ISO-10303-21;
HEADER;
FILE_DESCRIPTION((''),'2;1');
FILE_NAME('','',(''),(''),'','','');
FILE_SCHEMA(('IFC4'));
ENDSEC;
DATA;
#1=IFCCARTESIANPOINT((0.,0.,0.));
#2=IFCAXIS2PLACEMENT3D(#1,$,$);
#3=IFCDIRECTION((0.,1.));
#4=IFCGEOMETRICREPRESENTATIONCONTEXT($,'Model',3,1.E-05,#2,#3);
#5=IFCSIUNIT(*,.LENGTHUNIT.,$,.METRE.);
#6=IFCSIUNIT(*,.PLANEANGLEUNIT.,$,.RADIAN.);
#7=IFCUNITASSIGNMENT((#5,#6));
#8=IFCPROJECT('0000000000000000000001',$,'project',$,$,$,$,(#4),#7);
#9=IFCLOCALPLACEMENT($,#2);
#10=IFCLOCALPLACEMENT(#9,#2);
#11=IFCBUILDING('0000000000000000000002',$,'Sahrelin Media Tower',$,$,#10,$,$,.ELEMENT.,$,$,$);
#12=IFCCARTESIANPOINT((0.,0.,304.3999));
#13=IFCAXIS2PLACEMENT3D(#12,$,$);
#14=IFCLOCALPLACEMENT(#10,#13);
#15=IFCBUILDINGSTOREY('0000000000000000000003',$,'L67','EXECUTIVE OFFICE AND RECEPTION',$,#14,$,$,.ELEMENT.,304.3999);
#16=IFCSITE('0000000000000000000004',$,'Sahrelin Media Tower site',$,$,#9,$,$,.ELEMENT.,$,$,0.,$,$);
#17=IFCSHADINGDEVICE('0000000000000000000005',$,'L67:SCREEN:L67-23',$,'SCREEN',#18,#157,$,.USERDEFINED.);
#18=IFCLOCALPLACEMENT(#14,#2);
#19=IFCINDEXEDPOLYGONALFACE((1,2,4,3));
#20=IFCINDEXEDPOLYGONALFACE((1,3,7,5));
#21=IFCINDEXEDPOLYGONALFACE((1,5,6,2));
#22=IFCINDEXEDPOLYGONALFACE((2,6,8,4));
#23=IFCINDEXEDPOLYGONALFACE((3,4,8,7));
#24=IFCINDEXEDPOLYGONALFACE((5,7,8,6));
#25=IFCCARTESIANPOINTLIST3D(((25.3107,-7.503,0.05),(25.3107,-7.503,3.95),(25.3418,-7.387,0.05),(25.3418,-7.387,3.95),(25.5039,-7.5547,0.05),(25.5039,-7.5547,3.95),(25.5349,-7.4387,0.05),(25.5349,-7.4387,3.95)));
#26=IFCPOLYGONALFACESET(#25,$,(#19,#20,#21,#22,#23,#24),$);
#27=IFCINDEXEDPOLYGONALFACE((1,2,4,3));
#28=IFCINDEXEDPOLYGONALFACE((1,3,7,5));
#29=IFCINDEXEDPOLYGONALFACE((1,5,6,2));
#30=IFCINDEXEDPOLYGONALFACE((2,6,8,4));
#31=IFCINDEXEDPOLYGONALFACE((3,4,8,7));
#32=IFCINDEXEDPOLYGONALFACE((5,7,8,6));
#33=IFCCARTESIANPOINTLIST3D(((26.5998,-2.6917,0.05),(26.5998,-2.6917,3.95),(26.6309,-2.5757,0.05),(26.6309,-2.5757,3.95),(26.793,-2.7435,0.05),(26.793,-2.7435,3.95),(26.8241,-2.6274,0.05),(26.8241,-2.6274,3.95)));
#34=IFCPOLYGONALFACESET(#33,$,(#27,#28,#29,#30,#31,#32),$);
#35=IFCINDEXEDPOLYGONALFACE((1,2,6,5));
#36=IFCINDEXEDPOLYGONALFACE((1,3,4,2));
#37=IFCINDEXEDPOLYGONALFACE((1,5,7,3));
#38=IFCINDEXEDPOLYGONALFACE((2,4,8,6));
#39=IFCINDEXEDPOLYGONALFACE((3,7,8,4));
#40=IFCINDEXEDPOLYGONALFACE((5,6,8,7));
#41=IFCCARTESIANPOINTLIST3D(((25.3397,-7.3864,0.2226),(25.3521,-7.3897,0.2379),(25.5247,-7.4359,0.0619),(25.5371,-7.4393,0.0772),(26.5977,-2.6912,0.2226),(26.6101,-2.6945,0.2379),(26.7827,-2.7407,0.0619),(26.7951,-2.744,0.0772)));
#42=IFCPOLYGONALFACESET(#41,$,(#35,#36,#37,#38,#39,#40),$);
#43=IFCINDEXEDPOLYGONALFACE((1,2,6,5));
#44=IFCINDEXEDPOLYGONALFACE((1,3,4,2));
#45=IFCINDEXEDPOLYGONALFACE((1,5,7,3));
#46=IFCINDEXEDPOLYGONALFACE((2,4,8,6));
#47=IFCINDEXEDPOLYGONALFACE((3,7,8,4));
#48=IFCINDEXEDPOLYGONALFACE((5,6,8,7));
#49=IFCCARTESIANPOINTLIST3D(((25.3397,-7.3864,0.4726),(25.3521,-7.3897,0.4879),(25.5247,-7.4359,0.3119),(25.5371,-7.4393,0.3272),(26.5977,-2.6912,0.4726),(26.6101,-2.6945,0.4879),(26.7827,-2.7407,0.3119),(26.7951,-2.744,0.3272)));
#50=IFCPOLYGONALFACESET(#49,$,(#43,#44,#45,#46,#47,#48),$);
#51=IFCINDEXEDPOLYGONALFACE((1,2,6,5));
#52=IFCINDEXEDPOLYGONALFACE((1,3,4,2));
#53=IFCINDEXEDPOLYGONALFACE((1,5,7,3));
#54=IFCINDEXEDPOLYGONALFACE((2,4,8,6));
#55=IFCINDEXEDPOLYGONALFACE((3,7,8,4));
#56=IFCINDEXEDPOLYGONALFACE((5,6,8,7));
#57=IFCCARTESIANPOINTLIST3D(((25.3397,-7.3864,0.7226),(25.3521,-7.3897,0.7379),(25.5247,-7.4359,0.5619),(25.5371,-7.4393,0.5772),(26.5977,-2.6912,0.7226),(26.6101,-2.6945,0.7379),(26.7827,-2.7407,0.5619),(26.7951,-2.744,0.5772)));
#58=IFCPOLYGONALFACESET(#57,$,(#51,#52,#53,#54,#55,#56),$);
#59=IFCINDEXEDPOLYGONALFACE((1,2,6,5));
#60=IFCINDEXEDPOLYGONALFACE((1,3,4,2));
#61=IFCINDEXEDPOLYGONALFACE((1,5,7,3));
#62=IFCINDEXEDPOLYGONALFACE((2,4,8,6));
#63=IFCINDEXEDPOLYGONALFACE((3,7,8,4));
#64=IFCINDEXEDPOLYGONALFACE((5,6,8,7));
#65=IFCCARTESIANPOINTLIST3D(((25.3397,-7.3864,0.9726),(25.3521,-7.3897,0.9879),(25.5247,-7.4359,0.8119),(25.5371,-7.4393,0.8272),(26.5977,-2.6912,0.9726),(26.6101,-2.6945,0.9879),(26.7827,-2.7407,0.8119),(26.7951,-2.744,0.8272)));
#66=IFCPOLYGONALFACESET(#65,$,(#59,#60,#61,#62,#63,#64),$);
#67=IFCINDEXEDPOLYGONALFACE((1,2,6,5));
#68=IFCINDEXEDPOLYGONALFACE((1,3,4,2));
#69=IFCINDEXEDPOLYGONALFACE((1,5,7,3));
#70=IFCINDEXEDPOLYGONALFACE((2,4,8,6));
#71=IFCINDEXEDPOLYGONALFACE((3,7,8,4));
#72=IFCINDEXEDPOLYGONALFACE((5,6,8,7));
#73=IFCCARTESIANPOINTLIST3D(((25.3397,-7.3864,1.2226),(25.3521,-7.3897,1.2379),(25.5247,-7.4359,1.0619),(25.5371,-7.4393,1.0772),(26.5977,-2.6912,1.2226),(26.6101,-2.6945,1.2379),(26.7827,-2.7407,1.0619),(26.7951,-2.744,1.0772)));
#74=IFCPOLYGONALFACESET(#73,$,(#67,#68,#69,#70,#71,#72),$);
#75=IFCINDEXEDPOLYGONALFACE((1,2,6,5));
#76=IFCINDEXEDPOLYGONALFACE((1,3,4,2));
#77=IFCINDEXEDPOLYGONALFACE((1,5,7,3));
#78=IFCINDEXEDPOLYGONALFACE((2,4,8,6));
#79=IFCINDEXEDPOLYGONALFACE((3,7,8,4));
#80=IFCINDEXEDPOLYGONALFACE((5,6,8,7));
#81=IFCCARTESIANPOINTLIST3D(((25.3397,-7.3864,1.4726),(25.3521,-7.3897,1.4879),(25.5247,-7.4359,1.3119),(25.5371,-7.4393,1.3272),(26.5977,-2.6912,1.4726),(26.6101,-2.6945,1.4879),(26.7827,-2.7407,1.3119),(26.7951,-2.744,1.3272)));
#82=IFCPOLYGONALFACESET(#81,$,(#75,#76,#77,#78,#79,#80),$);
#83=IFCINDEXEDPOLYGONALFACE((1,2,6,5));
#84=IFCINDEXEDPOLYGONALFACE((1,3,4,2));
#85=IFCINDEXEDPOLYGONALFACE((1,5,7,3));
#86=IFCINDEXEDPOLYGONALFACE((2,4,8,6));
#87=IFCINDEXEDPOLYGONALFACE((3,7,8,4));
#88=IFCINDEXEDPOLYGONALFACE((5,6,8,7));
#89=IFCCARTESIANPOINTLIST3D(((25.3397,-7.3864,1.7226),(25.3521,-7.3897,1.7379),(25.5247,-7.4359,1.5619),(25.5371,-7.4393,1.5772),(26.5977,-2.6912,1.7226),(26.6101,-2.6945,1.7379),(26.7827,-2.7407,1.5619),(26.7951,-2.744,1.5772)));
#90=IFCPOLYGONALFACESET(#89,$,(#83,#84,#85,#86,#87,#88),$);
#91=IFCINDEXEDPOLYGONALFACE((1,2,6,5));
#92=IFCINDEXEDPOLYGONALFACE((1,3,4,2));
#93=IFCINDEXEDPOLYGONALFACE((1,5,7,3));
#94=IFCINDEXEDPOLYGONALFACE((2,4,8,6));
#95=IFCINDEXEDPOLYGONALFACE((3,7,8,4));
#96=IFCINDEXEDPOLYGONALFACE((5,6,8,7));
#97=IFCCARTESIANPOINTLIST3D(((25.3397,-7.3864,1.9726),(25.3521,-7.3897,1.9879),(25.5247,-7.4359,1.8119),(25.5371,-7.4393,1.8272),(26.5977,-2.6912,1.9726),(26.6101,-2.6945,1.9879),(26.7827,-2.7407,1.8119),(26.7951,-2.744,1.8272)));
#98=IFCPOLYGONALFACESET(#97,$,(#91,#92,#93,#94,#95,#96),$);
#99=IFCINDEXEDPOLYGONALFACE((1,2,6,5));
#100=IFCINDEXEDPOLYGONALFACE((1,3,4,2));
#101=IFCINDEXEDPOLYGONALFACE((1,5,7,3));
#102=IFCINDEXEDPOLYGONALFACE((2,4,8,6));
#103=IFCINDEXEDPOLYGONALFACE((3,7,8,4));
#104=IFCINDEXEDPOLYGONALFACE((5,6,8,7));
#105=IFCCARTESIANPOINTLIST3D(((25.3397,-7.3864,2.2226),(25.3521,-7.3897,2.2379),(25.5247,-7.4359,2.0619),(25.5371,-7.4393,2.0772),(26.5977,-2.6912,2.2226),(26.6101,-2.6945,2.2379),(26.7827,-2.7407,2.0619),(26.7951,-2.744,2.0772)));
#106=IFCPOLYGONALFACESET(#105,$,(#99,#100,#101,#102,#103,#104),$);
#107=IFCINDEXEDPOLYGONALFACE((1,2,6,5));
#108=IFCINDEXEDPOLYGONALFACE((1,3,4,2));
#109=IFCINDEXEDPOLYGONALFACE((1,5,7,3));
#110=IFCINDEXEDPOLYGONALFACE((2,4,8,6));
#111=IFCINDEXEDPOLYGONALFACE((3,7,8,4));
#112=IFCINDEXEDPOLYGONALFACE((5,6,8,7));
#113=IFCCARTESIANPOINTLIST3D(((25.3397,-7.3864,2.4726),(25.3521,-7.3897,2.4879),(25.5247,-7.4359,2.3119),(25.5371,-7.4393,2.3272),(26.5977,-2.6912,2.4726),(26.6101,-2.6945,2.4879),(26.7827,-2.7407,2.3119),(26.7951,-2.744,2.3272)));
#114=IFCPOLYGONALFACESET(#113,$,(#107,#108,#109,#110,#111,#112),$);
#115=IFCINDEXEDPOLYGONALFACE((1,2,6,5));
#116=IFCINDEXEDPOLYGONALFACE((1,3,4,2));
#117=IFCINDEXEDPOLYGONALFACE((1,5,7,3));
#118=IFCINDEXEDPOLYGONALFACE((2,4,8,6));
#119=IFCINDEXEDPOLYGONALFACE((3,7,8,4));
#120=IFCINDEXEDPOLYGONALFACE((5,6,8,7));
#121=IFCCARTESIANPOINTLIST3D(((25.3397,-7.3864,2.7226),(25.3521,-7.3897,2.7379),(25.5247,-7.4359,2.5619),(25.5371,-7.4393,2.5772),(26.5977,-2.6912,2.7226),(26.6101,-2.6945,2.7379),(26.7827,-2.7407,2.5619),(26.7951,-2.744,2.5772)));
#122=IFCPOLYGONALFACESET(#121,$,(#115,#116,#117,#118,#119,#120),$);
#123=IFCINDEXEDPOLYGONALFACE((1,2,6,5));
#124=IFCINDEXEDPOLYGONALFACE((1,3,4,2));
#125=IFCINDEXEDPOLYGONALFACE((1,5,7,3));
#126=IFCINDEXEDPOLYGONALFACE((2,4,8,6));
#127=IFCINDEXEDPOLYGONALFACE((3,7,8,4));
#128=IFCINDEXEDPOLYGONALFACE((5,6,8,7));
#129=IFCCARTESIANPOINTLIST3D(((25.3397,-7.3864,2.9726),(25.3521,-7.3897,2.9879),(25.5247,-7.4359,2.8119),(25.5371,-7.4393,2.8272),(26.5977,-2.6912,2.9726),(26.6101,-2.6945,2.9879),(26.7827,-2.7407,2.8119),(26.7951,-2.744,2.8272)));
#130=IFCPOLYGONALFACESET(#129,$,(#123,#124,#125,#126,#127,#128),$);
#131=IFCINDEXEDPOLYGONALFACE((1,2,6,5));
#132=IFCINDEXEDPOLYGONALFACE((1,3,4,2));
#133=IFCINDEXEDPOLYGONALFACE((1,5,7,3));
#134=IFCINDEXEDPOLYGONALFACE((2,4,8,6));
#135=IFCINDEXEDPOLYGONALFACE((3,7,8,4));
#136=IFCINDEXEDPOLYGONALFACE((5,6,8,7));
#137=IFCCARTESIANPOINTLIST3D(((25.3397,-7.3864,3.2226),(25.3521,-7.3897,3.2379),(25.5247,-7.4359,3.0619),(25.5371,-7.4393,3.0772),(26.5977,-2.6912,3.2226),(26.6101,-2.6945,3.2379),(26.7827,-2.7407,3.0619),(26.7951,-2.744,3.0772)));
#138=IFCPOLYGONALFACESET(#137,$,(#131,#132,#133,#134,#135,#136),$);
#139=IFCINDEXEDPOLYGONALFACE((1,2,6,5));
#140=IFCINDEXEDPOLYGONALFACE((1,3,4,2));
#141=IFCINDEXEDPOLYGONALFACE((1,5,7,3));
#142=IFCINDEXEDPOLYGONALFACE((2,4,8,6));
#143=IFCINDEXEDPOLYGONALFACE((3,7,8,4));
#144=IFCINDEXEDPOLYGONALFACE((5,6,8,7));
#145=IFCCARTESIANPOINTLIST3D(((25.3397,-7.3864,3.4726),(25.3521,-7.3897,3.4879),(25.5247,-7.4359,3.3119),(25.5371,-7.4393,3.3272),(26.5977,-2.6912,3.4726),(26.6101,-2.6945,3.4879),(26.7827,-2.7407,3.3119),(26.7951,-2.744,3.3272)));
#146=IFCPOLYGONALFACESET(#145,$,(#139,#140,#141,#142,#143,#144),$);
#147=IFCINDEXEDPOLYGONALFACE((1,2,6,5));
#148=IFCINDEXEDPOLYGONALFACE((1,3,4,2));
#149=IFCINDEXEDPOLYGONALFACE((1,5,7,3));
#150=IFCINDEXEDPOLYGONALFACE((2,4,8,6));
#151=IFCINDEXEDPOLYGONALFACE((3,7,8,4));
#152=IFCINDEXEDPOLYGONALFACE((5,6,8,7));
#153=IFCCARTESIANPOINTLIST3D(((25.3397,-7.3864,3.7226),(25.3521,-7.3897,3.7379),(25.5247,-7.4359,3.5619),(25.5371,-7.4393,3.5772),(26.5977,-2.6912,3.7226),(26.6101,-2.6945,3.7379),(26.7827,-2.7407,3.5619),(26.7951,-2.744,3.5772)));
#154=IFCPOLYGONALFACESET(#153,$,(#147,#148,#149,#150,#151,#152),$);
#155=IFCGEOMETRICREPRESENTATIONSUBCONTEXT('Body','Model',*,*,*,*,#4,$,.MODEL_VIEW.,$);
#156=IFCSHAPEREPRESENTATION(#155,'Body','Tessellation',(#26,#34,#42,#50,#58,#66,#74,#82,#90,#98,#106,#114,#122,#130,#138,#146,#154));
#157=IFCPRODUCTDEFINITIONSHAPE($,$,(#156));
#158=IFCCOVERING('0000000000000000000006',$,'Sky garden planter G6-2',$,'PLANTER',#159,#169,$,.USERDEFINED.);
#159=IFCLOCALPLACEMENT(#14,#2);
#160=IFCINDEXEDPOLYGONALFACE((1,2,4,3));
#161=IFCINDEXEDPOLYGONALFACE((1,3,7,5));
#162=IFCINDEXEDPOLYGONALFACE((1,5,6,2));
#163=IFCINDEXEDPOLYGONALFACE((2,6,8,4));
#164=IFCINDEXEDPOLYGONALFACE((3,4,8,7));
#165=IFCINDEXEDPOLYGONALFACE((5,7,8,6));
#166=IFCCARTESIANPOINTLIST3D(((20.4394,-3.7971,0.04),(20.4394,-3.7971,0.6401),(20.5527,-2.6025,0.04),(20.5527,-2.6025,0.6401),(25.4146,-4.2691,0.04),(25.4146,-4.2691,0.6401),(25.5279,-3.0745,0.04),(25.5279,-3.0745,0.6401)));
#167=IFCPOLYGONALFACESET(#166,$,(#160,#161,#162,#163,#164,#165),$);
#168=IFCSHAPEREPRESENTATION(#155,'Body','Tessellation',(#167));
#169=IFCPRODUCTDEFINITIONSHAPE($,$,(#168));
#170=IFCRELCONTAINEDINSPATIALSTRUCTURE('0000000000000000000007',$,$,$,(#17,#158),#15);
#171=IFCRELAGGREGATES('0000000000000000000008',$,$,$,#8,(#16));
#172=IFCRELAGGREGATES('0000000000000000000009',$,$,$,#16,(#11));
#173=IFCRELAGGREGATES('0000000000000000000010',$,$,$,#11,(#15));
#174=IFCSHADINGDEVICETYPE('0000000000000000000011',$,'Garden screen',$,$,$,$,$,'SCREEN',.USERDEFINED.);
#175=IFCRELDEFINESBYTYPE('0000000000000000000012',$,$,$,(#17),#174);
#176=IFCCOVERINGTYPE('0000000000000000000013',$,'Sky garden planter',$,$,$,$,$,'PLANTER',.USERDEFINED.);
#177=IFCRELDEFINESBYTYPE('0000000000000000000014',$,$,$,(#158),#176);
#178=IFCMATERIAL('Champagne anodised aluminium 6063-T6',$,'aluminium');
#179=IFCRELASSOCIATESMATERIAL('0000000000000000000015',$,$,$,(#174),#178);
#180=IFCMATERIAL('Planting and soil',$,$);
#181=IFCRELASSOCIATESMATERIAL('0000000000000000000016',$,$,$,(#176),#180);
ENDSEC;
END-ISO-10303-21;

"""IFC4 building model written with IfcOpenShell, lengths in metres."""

from ifc_helpers import new_model, si_unit, direction, frame, origin, origin_2d, place, context, subcontext, project, spatial, rectangle, extrude, material, type_object, element, save


model = new_model("IFC4")

# Units and contexts
model_context = context("Model", 3, precision=1e-05, world=origin(), true_north=direction((0.0, 1.0)))
body_context = subcontext(model_context, "Body", "Model", "MODEL_VIEW")
ifc_project = project(units=[si_unit("LENGTHUNIT", "METRE"), si_unit("PLANEANGLEUNIT", "RADIAN")], contexts=[model_context])

# Site, building, storey
site_placement = place(None, origin())
site = spatial("IfcSite", under=ifc_project, at=site_placement, Name="Sahrelin Media Tower site", CompositionType="ELEMENT", RefElevation=0.0)
building_placement = place(site_placement, origin())
building = spatial("IfcBuilding", under=site, at=building_placement, Name="Sahrelin Media Tower", CompositionType="ELEMENT")
storey_placement = place(building_placement, frame((0.0, 0.0, 304.3999)))
storey = spatial("IfcBuildingStorey", under=building, at=storey_placement, Name="L67", Description="EXECUTIVE OFFICE AND RECEPTION", CompositionType="ELEMENT", Elevation=304.3999)

# Shared definitions
ifc_material_1 = material(Name="Champagne anodised aluminium 6063-T6", Category="aluminium")

# Shading device
shading_device_type = type_object("IfcShadingDeviceType", Name="Garden screen", ElementType="SCREEN", PredefinedType="USERDEFINED", material=ifc_material_1)
shading_device_placement = place(storey_placement, frame((25.9707, -5.0393, 0.0), z_axis=(0.0, 0.0, 1.0), x_axis=(-0.258808, -0.965929, 0.0)))
element("IfcShadingDevice", 1, at=shading_device_placement, inside=storey, type_object=shading_device_type, Name="L67:SCREEN:L67-23", ObjectType="SCREEN", PredefinedType="USERDEFINED", context=body_context, shape_type="SweptSolid", body=[
    extrude(rectangle(XDim=0.1201, YDim=0.2, at=origin_2d()), frame((2.4905, 0.1001, 0.05), z_axis=(0.0, 0.0, 1.0), x_axis=(1.0, 0.0, 0.0)), (0.0, 0.0, 1.0), 3.8999),
    extrude(rectangle(XDim=0.1201, YDim=0.2, at=origin_2d()), frame((-2.4905, 0.1001, 0.05), z_axis=(0.0, 0.0, 1.0), x_axis=(1.0, 0.0, 0.0)), (0.0, 0.0, 1.0), 3.8999),
    extrude(rectangle(XDim=0.25, YDim=0.02, at=origin_2d()), frame((2.4304, 0.1001, 0.1499), z_axis=(-1.0, 0.0, 0.0), x_axis=(0.0, -0.766044, 0.642788)), (0.0, 0.0, 1.0), 4.8608),
    extrude(rectangle(XDim=0.25, YDim=0.02, at=origin_2d()), frame((2.4304, 0.1001, 0.3999), z_axis=(-1.0, 0.0, 0.0), x_axis=(0.0, -0.766044, 0.642788)), (0.0, 0.0, 1.0), 4.8608),
    extrude(rectangle(XDim=0.25, YDim=0.02, at=origin_2d()), frame((2.4304, 0.1001, 0.6499), z_axis=(-1.0, 0.0, 0.0), x_axis=(0.0, -0.766044, 0.642788)), (0.0, 0.0, 1.0), 4.8608),
    extrude(rectangle(XDim=0.25, YDim=0.02, at=origin_2d()), frame((2.4304, 0.1001, 0.8999), z_axis=(-1.0, 0.0, 0.0), x_axis=(0.0, -0.766044, 0.642788)), (0.0, 0.0, 1.0), 4.8608),
    extrude(rectangle(XDim=0.25, YDim=0.02, at=origin_2d()), frame((2.4304, 0.1001, 1.1499), z_axis=(-1.0, 0.0, 0.0), x_axis=(0.0, -0.766044, 0.642788)), (0.0, 0.0, 1.0), 4.8608),
    extrude(rectangle(XDim=0.25, YDim=0.02, at=origin_2d()), frame((2.4304, 0.1001, 1.3999), z_axis=(-1.0, 0.0, 0.0), x_axis=(0.0, -0.766044, 0.642788)), (0.0, 0.0, 1.0), 4.8608),
    extrude(rectangle(XDim=0.25, YDim=0.02, at=origin_2d()), frame((2.4304, 0.1001, 1.6499), z_axis=(-1.0, 0.0, 0.0), x_axis=(0.0, -0.766044, 0.642788)), (0.0, 0.0, 1.0), 4.8608),
    extrude(rectangle(XDim=0.25, YDim=0.02, at=origin_2d()), frame((2.4304, 0.1001, 1.8999), z_axis=(-1.0, 0.0, 0.0), x_axis=(0.0, -0.766044, 0.642788)), (0.0, 0.0, 1.0), 4.8608),
    extrude(rectangle(XDim=0.25, YDim=0.02, at=origin_2d()), frame((2.4304, 0.1001, 2.1499), z_axis=(-1.0, 0.0, 0.0), x_axis=(0.0, -0.766044, 0.642788)), (0.0, 0.0, 1.0), 4.8608),
    extrude(rectangle(XDim=0.25, YDim=0.02, at=origin_2d()), frame((2.4304, 0.1001, 2.3999), z_axis=(-1.0, 0.0, 0.0), x_axis=(0.0, -0.766044, 0.642788)), (0.0, 0.0, 1.0), 4.8608),
    extrude(rectangle(XDim=0.25, YDim=0.02, at=origin_2d()), frame((2.4304, 0.1001, 2.6499), z_axis=(-1.0, 0.0, 0.0), x_axis=(0.0, -0.766044, 0.642788)), (0.0, 0.0, 1.0), 4.8608),
    extrude(rectangle(XDim=0.25, YDim=0.02, at=origin_2d()), frame((2.4304, 0.1001, 2.8999), z_axis=(-1.0, 0.0, 0.0), x_axis=(0.0, -0.766044, 0.642788)), (0.0, 0.0, 1.0), 4.8608),
    extrude(rectangle(XDim=0.25, YDim=0.02, at=origin_2d()), frame((2.4304, 0.1001, 3.1499), z_axis=(-1.0, 0.0, 0.0), x_axis=(0.0, -0.766044, 0.642788)), (0.0, 0.0, 1.0), 4.8608),
    extrude(rectangle(XDim=0.25, YDim=0.02, at=origin_2d()), frame((2.4304, 0.1001, 3.3999), z_axis=(-1.0, 0.0, 0.0), x_axis=(0.0, -0.766044, 0.642788)), (0.0, 0.0, 1.0), 4.8608),
    extrude(rectangle(XDim=0.25, YDim=0.02, at=origin_2d()), frame((2.4304, 0.1001, 3.6499), z_axis=(-1.0, 0.0, 0.0), x_axis=(0.0, -0.766044, 0.642788)), (0.0, 0.0, 1.0), 4.8608),
])

# Covering
ifc_material_2 = material(Name="Planting and soil")
covering_type = type_object("IfcCoveringType", Name="Sky garden planter", ElementType="PLANTER", PredefinedType="USERDEFINED", material=ifc_material_2)
covering_placement = place(storey_placement, frame((22.9836, -3.4358, 0.04), z_axis=(0.0, 0.0, 1.0), x_axis=(0.995531, -0.094433, 0.0)))
element("IfcCovering", 2, at=covering_placement, inside=storey, type_object=covering_type, Name="Sky garden planter G6-2", ObjectType="PLANTER", PredefinedType="USERDEFINED", context=body_context, shape_type="SweptSolid", body=[
    extrude(rectangle(XDim=4.9976, YDim=1.2, at=origin_2d()), origin(), (0.0, 0.0, 1.0), 0.6001),
])

save(model, "model.ifc")
